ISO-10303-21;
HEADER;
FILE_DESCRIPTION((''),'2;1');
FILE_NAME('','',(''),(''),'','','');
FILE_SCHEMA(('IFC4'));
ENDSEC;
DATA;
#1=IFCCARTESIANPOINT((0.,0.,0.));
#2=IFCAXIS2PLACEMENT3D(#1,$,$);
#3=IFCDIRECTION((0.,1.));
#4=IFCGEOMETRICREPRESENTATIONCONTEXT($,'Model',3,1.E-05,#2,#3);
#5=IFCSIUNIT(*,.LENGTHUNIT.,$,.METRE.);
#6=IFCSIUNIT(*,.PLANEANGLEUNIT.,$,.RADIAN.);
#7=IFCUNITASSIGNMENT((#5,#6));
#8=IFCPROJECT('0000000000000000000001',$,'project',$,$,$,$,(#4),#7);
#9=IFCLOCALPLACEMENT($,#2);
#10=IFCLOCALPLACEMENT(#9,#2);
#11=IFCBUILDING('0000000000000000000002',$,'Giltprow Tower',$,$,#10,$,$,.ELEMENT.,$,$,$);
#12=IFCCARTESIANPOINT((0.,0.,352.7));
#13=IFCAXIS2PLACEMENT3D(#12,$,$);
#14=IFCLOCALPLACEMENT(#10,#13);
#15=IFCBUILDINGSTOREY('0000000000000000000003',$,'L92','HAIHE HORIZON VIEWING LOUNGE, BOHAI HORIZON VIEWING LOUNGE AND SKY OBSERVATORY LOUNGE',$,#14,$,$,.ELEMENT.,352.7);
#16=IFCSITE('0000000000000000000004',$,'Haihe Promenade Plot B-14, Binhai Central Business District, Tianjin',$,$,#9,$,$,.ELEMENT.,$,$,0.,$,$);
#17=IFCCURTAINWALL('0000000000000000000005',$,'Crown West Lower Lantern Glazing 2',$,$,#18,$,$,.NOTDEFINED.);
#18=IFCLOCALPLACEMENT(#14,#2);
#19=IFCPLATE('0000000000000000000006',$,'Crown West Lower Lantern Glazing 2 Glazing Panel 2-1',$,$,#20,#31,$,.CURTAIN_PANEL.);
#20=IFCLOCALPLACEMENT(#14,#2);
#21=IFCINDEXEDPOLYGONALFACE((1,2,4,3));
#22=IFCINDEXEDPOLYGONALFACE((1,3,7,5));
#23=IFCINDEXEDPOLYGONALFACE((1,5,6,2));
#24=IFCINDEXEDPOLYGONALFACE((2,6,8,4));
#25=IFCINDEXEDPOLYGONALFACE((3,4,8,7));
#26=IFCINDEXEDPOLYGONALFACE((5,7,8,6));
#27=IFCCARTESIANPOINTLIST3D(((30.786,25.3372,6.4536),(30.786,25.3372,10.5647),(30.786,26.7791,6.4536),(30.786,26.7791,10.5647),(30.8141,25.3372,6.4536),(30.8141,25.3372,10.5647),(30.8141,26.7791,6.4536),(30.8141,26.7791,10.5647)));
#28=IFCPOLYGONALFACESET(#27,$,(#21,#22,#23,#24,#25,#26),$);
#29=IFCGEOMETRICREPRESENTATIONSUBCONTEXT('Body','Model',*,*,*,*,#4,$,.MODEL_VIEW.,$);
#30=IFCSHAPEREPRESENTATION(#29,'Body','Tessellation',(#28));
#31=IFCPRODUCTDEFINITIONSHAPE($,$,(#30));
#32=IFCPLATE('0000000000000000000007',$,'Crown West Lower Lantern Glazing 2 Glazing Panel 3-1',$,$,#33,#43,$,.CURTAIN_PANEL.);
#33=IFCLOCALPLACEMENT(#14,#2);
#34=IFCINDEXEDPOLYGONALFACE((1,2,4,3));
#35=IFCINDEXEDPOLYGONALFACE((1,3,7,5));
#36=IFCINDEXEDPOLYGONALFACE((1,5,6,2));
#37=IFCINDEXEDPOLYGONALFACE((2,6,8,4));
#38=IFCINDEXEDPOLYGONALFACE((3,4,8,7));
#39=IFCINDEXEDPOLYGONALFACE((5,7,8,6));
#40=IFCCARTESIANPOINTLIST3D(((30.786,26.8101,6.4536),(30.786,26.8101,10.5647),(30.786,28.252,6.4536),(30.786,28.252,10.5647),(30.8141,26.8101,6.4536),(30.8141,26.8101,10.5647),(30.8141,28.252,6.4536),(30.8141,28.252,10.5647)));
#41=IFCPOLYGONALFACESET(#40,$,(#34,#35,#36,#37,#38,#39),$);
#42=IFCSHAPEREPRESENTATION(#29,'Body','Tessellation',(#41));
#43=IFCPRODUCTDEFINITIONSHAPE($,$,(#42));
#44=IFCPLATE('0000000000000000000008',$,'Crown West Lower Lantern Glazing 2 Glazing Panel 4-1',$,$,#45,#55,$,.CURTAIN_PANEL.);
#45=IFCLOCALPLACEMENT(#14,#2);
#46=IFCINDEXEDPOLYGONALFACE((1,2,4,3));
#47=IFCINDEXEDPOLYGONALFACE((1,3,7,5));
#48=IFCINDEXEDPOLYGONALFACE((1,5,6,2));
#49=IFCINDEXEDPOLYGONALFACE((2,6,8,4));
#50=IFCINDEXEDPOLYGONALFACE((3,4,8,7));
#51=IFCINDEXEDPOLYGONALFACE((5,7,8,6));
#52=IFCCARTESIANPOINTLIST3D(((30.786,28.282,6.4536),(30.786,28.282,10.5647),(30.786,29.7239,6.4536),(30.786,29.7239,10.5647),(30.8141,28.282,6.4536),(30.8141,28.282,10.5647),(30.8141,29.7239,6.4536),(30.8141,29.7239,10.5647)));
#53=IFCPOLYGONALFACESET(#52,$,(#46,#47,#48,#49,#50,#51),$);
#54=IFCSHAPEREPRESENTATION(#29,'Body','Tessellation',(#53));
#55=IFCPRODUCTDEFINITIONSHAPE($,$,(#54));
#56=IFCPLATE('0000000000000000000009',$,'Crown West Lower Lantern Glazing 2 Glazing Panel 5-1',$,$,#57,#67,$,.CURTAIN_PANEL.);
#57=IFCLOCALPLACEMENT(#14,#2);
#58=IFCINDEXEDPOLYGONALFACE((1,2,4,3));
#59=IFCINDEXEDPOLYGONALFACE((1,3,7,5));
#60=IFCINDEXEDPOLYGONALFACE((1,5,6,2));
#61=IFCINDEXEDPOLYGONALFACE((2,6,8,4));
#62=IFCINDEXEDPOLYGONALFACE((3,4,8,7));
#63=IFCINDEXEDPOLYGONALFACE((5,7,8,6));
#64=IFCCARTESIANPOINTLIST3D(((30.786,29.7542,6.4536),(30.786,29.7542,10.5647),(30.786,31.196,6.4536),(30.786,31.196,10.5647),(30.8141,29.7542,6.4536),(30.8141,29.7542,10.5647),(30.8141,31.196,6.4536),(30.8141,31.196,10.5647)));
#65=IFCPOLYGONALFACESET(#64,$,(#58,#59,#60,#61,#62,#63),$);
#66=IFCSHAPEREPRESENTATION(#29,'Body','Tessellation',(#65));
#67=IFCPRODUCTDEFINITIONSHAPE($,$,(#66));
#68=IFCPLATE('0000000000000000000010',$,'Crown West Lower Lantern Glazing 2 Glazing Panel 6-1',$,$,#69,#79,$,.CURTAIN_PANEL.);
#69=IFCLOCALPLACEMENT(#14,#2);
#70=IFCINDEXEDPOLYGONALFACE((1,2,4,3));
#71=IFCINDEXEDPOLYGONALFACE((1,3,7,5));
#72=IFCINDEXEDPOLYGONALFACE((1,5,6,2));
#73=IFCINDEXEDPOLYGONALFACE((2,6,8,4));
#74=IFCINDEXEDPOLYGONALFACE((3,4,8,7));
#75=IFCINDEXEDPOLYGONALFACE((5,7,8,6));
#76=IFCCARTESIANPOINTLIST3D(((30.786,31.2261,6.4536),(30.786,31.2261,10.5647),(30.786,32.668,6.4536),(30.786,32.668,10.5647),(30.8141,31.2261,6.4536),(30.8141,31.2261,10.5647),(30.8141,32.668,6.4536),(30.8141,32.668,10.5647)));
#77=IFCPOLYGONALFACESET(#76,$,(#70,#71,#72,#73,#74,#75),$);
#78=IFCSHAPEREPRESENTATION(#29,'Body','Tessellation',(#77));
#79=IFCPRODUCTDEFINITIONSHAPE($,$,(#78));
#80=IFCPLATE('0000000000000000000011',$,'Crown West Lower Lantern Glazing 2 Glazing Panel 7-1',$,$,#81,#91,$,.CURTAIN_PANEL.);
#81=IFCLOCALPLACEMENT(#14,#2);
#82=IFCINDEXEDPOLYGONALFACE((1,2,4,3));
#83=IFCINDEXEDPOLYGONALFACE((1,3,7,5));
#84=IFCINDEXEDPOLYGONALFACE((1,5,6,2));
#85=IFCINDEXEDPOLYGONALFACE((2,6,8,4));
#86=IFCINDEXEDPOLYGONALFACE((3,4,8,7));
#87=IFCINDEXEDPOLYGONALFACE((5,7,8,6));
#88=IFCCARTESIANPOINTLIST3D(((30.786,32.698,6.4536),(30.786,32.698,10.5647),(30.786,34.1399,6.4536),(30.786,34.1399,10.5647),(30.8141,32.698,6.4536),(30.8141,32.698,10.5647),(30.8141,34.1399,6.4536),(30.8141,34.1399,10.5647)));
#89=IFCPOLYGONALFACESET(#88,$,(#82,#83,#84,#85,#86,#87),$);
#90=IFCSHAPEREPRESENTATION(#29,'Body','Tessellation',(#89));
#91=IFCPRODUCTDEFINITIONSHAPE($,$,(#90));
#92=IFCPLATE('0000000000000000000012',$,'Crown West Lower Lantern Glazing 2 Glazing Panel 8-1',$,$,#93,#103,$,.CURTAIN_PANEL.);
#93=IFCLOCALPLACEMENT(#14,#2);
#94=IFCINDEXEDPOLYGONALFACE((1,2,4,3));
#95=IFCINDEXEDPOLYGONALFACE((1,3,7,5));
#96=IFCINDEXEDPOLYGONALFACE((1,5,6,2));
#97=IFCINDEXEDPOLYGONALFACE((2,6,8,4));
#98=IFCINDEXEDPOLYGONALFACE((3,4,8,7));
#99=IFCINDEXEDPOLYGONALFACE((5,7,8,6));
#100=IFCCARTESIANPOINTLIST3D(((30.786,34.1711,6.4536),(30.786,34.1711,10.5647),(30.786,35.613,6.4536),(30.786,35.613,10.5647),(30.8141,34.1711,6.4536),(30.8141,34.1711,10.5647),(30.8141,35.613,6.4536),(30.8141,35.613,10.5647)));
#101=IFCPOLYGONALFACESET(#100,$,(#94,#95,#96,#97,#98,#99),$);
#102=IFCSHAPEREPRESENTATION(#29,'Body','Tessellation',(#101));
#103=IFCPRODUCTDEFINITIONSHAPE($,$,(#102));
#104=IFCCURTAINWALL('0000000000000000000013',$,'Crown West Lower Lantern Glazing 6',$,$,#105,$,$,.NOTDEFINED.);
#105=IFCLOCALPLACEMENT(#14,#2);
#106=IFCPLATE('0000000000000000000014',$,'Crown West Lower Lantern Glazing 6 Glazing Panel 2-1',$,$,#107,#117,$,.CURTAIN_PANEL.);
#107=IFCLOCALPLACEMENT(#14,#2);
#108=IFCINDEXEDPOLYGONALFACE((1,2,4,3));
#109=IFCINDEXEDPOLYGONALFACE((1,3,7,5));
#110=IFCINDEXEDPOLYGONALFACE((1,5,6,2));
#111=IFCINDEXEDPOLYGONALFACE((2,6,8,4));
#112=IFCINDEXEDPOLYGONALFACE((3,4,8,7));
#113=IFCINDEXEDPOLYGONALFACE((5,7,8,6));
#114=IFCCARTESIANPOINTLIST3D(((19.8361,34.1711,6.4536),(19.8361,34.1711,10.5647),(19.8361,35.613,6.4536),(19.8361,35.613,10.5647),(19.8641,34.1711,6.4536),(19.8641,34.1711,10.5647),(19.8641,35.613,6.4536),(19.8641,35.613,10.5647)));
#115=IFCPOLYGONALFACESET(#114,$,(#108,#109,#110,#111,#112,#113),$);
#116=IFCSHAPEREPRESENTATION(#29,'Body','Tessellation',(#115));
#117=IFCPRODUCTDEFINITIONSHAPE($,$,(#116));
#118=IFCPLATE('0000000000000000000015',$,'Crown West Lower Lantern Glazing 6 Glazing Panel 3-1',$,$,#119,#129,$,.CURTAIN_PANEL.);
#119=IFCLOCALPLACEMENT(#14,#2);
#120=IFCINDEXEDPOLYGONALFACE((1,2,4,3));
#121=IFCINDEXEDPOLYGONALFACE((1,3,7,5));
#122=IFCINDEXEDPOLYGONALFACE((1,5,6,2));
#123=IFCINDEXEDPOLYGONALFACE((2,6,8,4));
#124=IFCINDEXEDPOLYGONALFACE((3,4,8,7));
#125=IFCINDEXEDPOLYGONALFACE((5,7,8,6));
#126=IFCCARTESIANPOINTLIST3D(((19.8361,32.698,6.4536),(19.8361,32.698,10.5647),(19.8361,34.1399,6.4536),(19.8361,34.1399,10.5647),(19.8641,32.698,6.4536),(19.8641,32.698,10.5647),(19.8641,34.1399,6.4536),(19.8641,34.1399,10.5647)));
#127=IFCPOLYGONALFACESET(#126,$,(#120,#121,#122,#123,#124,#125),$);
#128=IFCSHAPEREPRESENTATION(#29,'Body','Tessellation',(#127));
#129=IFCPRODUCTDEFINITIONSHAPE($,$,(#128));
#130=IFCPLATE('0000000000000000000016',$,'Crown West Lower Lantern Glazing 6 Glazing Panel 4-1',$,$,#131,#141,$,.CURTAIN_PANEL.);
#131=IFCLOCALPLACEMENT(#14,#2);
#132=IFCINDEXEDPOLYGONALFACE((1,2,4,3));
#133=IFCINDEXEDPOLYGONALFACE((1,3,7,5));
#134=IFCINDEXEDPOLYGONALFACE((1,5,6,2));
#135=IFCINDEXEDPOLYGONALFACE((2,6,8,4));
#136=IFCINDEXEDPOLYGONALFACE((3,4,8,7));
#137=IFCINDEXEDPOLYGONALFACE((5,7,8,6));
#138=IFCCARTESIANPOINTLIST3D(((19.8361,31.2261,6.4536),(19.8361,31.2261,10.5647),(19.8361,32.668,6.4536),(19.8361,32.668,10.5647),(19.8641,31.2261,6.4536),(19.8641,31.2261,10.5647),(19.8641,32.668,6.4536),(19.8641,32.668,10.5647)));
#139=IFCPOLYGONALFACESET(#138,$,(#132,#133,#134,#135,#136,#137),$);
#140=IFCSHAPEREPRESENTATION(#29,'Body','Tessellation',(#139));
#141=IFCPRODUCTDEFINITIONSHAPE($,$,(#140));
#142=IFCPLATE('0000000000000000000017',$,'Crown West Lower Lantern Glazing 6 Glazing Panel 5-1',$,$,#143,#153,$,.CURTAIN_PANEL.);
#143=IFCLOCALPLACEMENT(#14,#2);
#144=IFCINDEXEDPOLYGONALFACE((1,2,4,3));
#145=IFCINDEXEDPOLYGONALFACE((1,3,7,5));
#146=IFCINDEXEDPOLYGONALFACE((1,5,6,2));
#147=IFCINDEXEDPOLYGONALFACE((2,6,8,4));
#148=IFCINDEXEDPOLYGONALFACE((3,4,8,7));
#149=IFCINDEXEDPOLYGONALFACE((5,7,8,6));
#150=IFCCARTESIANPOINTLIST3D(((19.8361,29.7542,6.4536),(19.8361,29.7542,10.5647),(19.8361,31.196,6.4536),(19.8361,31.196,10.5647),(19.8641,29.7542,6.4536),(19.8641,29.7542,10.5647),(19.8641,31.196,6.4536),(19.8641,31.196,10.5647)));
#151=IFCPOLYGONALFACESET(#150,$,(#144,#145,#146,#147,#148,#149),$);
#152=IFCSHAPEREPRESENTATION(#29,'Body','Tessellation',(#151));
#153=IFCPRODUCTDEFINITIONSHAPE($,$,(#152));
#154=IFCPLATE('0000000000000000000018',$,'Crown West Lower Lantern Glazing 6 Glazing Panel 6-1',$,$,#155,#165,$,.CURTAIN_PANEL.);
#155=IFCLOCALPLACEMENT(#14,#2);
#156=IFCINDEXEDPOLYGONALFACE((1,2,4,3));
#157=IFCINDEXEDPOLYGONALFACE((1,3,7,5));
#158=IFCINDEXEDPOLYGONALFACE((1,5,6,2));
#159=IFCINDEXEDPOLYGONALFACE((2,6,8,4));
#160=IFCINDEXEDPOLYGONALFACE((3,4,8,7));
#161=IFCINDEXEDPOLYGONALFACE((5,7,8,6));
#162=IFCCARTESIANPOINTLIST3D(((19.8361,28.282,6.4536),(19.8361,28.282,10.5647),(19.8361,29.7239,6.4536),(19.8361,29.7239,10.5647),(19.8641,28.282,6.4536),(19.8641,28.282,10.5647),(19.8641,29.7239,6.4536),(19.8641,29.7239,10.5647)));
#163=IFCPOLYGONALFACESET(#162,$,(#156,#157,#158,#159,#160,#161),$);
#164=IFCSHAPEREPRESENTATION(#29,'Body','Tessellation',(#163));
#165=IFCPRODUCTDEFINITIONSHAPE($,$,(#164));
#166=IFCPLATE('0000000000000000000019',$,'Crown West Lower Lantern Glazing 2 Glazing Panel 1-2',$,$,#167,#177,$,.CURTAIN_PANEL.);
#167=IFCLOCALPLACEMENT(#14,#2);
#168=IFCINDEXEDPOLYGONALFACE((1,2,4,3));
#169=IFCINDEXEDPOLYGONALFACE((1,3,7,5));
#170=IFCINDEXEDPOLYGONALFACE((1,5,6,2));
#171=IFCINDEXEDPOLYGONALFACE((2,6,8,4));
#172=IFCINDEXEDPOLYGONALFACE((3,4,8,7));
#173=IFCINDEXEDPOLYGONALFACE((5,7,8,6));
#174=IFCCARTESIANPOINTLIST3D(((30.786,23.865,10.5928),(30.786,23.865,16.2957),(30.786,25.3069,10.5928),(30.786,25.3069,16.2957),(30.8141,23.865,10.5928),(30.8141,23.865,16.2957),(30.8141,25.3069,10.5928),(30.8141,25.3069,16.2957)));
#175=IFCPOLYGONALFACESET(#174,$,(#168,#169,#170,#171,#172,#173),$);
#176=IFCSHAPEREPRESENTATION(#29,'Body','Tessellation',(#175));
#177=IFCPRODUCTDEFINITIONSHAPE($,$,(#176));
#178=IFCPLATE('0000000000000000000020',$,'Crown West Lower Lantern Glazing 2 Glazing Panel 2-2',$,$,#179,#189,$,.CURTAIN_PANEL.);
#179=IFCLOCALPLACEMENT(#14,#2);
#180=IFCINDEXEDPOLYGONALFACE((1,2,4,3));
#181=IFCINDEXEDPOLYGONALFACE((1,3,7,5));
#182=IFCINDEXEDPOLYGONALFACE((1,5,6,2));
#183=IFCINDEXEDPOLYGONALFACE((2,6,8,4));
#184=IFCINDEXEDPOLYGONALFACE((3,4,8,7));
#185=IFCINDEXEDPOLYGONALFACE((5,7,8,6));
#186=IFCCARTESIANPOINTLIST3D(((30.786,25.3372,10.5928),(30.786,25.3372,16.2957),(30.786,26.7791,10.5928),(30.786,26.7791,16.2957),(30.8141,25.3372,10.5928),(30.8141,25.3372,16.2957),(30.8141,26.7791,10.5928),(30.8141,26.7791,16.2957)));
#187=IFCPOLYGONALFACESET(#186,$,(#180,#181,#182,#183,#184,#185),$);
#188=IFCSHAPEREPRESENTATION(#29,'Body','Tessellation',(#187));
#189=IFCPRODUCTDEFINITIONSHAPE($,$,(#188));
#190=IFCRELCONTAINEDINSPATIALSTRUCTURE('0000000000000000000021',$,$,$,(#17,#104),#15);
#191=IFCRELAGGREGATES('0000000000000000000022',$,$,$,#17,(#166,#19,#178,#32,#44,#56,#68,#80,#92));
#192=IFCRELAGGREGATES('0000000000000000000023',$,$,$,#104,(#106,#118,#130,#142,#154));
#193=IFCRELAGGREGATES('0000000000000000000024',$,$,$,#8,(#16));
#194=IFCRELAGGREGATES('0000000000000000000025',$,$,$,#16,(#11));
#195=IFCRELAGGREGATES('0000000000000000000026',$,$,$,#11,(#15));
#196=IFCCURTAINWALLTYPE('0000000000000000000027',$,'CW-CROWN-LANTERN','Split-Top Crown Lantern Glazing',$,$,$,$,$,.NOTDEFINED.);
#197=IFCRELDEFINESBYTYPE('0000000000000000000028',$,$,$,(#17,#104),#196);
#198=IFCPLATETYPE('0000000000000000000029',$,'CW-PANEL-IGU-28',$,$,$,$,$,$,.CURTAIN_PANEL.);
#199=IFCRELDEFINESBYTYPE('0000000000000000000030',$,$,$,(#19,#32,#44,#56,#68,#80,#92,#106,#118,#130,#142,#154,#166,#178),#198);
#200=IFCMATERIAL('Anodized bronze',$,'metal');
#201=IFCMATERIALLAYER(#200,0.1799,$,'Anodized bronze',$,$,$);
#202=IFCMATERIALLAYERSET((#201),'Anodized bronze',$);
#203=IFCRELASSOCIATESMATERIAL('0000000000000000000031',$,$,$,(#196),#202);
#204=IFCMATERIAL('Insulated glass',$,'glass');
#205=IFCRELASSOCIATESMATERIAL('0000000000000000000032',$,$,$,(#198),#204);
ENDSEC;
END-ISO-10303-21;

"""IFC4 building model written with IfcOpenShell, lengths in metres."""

from ifc_helpers import new_model, si_unit, direction, frame, origin, origin_2d, place, context, subcontext, project, spatial, rectangle, extrude, source, transform, mapped, material, layer, layer_set, type_object, element, aggregate, save


model = new_model("IFC4")

# Units and contexts
model_context = context("Model", 3, precision=1e-05, world=origin(), true_north=direction((0.0, 1.0)))
body_context = subcontext(model_context, "Body", "Model", "MODEL_VIEW")
ifc_project = project(units=[si_unit("LENGTHUNIT", "METRE"), si_unit("PLANEANGLEUNIT", "RADIAN")], contexts=[model_context])

# Site, building, storey
site_placement = place(None, origin())
site = spatial("IfcSite", under=ifc_project, at=site_placement, Name="Haihe Promenade Plot B-14, Binhai Central Business District, Tianjin", CompositionType="ELEMENT", RefElevation=0.0)
building_placement = place(site_placement, origin())
building = spatial("IfcBuilding", under=site, at=building_placement, Name="Giltprow Tower", CompositionType="ELEMENT")
storey_placement = place(building_placement, frame((0.0, 0.0, 352.7)))
storey = spatial("IfcBuildingStorey", under=building, at=storey_placement, Name="L92", Description="HAIHE HORIZON VIEWING LOUNGE, BOHAI HORIZON VIEWING LOUNGE AND SKY OBSERVATORY LOUNGE", CompositionType="ELEMENT", Elevation=352.7)

# Curtain wall, plates
ifc_material_1 = material(Name="Anodized bronze", Category="metal")
ifc_layer_1 = layer(ifc_material_1, 0.1799, Name="Anodized bronze")
ifc_layer_set_1 = layer_set([ifc_layer_1], Name="Anodized bronze")
curtain_wall_type = type_object("IfcCurtainWallType", Name="CW-CROWN-LANTERN", Description="Split-Top Crown Lantern Glazing", PredefinedType="NOTDEFINED", material=ifc_layer_set_1)
curtain_wall_1_placement = place(storey_placement, origin())
curtain_wall_1 = element("IfcCurtainWall", 1, at=curtain_wall_1_placement, inside=storey, type_object=curtain_wall_type, Name="Crown West Lower Lantern Glazing 2", PredefinedType="NOTDEFINED")
ifc_material_2 = material(Name="Insulated glass", Category="glass")
plate_type = type_object("IfcPlateType", Name="CW-PANEL-IGU-28", PredefinedType="CURTAIN_PANEL", material=ifc_material_2)
shared_shape_1 = source(origin(), body_context, "Body", "SweptSolid", [
    extrude(rectangle(XDim=1.4419, YDim=0.0281, at=origin_2d()), origin(), (0.0, 0.0, 1.0), 4.1111),
])
plate_1_placement = place(storey_placement, frame((30.8, 26.0581, 6.4536), z_axis=(0.0, 0.0, 1.0), x_axis=(0.0, 1.0, 0.0)))
plate_1 = element("IfcPlate", 2, at=plate_1_placement, type_object=plate_type, Name="Crown West Lower Lantern Glazing 2 Glazing Panel 2-1", PredefinedType="CURTAIN_PANEL", context=body_context, shape_type="MappedRepresentation", body=[
    mapped(shared_shape_1, transform((0.0, 0.0, 0.0), x_axis=(1.0, 0.0, 0.0), y_axis=(0.0, 1.0, 0.0), z_axis=(0.0, 0.0, 1.0), scale=1.0)),
])
plate_2_placement = place(storey_placement, frame((30.8, 27.531, 6.4536), z_axis=(0.0, 0.0, 1.0), x_axis=(0.0, 1.0, 0.0)))
plate_2 = element("IfcPlate", 3, at=plate_2_placement, type_object=plate_type, Name="Crown West Lower Lantern Glazing 2 Glazing Panel 3-1", PredefinedType="CURTAIN_PANEL", context=body_context, shape_type="MappedRepresentation", body=[
    mapped(shared_shape_1, transform((0.0, 0.0, 0.0), x_axis=(1.0, 0.0, 0.0), y_axis=(0.0, 1.0, 0.0), z_axis=(0.0, 0.0, 1.0), scale=1.0)),
])
plate_3_placement = place(storey_placement, frame((30.8, 29.0029, 6.4536), z_axis=(0.0, 0.0, 1.0), x_axis=(0.0, 1.0, 0.0)))
plate_3 = element("IfcPlate", 4, at=plate_3_placement, type_object=plate_type, Name="Crown West Lower Lantern Glazing 2 Glazing Panel 4-1", PredefinedType="CURTAIN_PANEL", context=body_context, shape_type="MappedRepresentation", body=[
    mapped(shared_shape_1, transform((0.0, 0.0, 0.0), x_axis=(1.0, 0.0, 0.0), y_axis=(0.0, 1.0, 0.0), z_axis=(0.0, 0.0, 1.0), scale=1.0)),
])
plate_4_placement = place(storey_placement, frame((30.8, 30.4751, 6.4536), z_axis=(0.0, 0.0, 1.0), x_axis=(0.0, 1.0, 0.0)))
plate_4 = element("IfcPlate", 5, at=plate_4_placement, type_object=plate_type, Name="Crown West Lower Lantern Glazing 2 Glazing Panel 5-1", PredefinedType="CURTAIN_PANEL", context=body_context, shape_type="MappedRepresentation", body=[
    mapped(shared_shape_1, transform((0.0, 0.0, 0.0), x_axis=(1.0, 0.0, 0.0), y_axis=(0.0, 1.0, 0.0), z_axis=(0.0, 0.0, 1.0), scale=1.0)),
])
plate_5_placement = place(storey_placement, frame((30.8, 31.947, 6.4536), z_axis=(0.0, 0.0, 1.0), x_axis=(0.0, 1.0, 0.0)))
plate_5 = element("IfcPlate", 6, at=plate_5_placement, type_object=plate_type, Name="Crown West Lower Lantern Glazing 2 Glazing Panel 6-1", PredefinedType="CURTAIN_PANEL", context=body_context, shape_type="MappedRepresentation", body=[
    mapped(shared_shape_1, transform((0.0, 0.0, 0.0), x_axis=(1.0, 0.0, 0.0), y_axis=(0.0, 1.0, 0.0), z_axis=(0.0, 0.0, 1.0), scale=1.0)),
])
plate_6_placement = place(storey_placement, frame((30.8, 33.4189, 6.4536), z_axis=(0.0, 0.0, 1.0), x_axis=(0.0, 1.0, 0.0)))
plate_6 = element("IfcPlate", 7, at=plate_6_placement, type_object=plate_type, Name="Crown West Lower Lantern Glazing 2 Glazing Panel 7-1", PredefinedType="CURTAIN_PANEL", context=body_context, shape_type="MappedRepresentation", body=[
    mapped(shared_shape_1, transform((0.0, 0.0, 0.0), x_axis=(1.0, 0.0, 0.0), y_axis=(0.0, 1.0, 0.0), z_axis=(0.0, 0.0, 1.0), scale=1.0)),
])
plate_7_placement = place(storey_placement, frame((30.8, 34.8921, 6.4536), z_axis=(0.0, 0.0, 1.0), x_axis=(0.0, 1.0, 0.0)))
plate_7 = element("IfcPlate", 8, at=plate_7_placement, type_object=plate_type, Name="Crown West Lower Lantern Glazing 2 Glazing Panel 8-1", PredefinedType="CURTAIN_PANEL", context=body_context, shape_type="MappedRepresentation", body=[
    mapped(shared_shape_1, transform((0.0, 0.0, 0.0), x_axis=(1.0, 0.0, 0.0), y_axis=(0.0, 1.0, 0.0), z_axis=(0.0, 0.0, 1.0), scale=1.0)),
])

# Curtain wall, plates
curtain_wall_2_placement = place(storey_placement, origin())
curtain_wall_2 = element("IfcCurtainWall", 9, at=curtain_wall_2_placement, inside=storey, type_object=curtain_wall_type, Name="Crown West Lower Lantern Glazing 6", PredefinedType="NOTDEFINED")
plate_8_placement = place(storey_placement, frame((19.8501, 34.8921, 6.4536), z_axis=(0.0, 0.0, 1.0), x_axis=(0.0, -1.0, 0.0)))
plate_8 = element("IfcPlate", 10, at=plate_8_placement, type_object=plate_type, Name="Crown West Lower Lantern Glazing 6 Glazing Panel 2-1", PredefinedType="CURTAIN_PANEL", context=body_context, shape_type="MappedRepresentation", body=[
    mapped(shared_shape_1, transform((0.0, 0.0, 0.0), x_axis=(1.0, 0.0, 0.0), y_axis=(0.0, 1.0, 0.0), z_axis=(0.0, 0.0, 1.0), scale=1.0)),
])
plate_9_placement = place(storey_placement, frame((19.8501, 33.4189, 6.4536), z_axis=(0.0, 0.0, 1.0), x_axis=(0.0, -1.0, 0.0)))
plate_9 = element("IfcPlate", 11, at=plate_9_placement, type_object=plate_type, Name="Crown West Lower Lantern Glazing 6 Glazing Panel 3-1", PredefinedType="CURTAIN_PANEL", context=body_context, shape_type="MappedRepresentation", body=[
    mapped(shared_shape_1, transform((0.0, 0.0, 0.0), x_axis=(1.0, 0.0, 0.0), y_axis=(0.0, 1.0, 0.0), z_axis=(0.0, 0.0, 1.0), scale=1.0)),
])
plate_10_placement = place(storey_placement, frame((19.8501, 31.947, 6.4536), z_axis=(0.0, 0.0, 1.0), x_axis=(0.0, -1.0, 0.0)))
plate_10 = element("IfcPlate", 12, at=plate_10_placement, type_object=plate_type, Name="Crown West Lower Lantern Glazing 6 Glazing Panel 4-1", PredefinedType="CURTAIN_PANEL", context=body_context, shape_type="MappedRepresentation", body=[
    mapped(shared_shape_1, transform((0.0, 0.0, 0.0), x_axis=(1.0, 0.0, 0.0), y_axis=(0.0, 1.0, 0.0), z_axis=(0.0, 0.0, 1.0), scale=1.0)),
])
plate_11_placement = place(storey_placement, frame((19.8501, 30.4751, 6.4536), z_axis=(0.0, 0.0, 1.0), x_axis=(0.0, -1.0, 0.0)))
plate_11 = element("IfcPlate", 13, at=plate_11_placement, type_object=plate_type, Name="Crown West Lower Lantern Glazing 6 Glazing Panel 5-1", PredefinedType="CURTAIN_PANEL", context=body_context, shape_type="MappedRepresentation", body=[
    mapped(shared_shape_1, transform((0.0, 0.0, 0.0), x_axis=(1.0, 0.0, 0.0), y_axis=(0.0, 1.0, 0.0), z_axis=(0.0, 0.0, 1.0), scale=1.0)),
])
plate_12_placement = place(storey_placement, frame((19.8501, 29.0029, 6.4536), z_axis=(0.0, 0.0, 1.0), x_axis=(0.0, -1.0, 0.0)))
plate_12 = element("IfcPlate", 14, at=plate_12_placement, type_object=plate_type, Name="Crown West Lower Lantern Glazing 6 Glazing Panel 6-1", PredefinedType="CURTAIN_PANEL", context=body_context, shape_type="MappedRepresentation", body=[
    mapped(shared_shape_1, transform((0.0, 0.0, 0.0), x_axis=(1.0, 0.0, 0.0), y_axis=(0.0, 1.0, 0.0), z_axis=(0.0, 0.0, 1.0), scale=1.0)),
])

# Plates
shared_shape_2 = source(origin(), body_context, "Body", "SweptSolid", [
    extrude(rectangle(XDim=1.4419, YDim=0.0281, at=origin_2d()), origin(), (0.0, 0.0, 1.0), 5.7029),
])
plate_13_placement = place(storey_placement, frame((30.8, 24.5859, 10.5928), z_axis=(0.0, 0.0, 1.0), x_axis=(0.0, 1.0, 0.0)))
plate_13 = element("IfcPlate", 15, at=plate_13_placement, type_object=plate_type, Name="Crown West Lower Lantern Glazing 2 Glazing Panel 1-2", PredefinedType="CURTAIN_PANEL", context=body_context, shape_type="MappedRepresentation", body=[
    mapped(shared_shape_2, transform((0.0, 0.0, 0.0), x_axis=(1.0, 0.0, 0.0), y_axis=(0.0, 1.0, 0.0), z_axis=(0.0, 0.0, 1.0), scale=1.0)),
])
plate_14_placement = place(storey_placement, frame((30.8, 26.0581, 10.5928), z_axis=(0.0, 0.0, 1.0), x_axis=(0.0, 1.0, 0.0)))
plate_14 = element("IfcPlate", 16, at=plate_14_placement, type_object=plate_type, Name="Crown West Lower Lantern Glazing 2 Glazing Panel 2-2", PredefinedType="CURTAIN_PANEL", context=body_context, shape_type="MappedRepresentation", body=[
    mapped(shared_shape_2, transform((0.0, 0.0, 0.0), x_axis=(1.0, 0.0, 0.0), y_axis=(0.0, 1.0, 0.0), z_axis=(0.0, 0.0, 1.0), scale=1.0)),
])
aggregate(curtain_wall_1, [plate_13, plate_1, plate_14, plate_2, plate_3, plate_4, plate_5, plate_6, plate_7])
aggregate(curtain_wall_2, [plate_8, plate_9, plate_10, plate_11, plate_12])

save(model, "model.ifc")
